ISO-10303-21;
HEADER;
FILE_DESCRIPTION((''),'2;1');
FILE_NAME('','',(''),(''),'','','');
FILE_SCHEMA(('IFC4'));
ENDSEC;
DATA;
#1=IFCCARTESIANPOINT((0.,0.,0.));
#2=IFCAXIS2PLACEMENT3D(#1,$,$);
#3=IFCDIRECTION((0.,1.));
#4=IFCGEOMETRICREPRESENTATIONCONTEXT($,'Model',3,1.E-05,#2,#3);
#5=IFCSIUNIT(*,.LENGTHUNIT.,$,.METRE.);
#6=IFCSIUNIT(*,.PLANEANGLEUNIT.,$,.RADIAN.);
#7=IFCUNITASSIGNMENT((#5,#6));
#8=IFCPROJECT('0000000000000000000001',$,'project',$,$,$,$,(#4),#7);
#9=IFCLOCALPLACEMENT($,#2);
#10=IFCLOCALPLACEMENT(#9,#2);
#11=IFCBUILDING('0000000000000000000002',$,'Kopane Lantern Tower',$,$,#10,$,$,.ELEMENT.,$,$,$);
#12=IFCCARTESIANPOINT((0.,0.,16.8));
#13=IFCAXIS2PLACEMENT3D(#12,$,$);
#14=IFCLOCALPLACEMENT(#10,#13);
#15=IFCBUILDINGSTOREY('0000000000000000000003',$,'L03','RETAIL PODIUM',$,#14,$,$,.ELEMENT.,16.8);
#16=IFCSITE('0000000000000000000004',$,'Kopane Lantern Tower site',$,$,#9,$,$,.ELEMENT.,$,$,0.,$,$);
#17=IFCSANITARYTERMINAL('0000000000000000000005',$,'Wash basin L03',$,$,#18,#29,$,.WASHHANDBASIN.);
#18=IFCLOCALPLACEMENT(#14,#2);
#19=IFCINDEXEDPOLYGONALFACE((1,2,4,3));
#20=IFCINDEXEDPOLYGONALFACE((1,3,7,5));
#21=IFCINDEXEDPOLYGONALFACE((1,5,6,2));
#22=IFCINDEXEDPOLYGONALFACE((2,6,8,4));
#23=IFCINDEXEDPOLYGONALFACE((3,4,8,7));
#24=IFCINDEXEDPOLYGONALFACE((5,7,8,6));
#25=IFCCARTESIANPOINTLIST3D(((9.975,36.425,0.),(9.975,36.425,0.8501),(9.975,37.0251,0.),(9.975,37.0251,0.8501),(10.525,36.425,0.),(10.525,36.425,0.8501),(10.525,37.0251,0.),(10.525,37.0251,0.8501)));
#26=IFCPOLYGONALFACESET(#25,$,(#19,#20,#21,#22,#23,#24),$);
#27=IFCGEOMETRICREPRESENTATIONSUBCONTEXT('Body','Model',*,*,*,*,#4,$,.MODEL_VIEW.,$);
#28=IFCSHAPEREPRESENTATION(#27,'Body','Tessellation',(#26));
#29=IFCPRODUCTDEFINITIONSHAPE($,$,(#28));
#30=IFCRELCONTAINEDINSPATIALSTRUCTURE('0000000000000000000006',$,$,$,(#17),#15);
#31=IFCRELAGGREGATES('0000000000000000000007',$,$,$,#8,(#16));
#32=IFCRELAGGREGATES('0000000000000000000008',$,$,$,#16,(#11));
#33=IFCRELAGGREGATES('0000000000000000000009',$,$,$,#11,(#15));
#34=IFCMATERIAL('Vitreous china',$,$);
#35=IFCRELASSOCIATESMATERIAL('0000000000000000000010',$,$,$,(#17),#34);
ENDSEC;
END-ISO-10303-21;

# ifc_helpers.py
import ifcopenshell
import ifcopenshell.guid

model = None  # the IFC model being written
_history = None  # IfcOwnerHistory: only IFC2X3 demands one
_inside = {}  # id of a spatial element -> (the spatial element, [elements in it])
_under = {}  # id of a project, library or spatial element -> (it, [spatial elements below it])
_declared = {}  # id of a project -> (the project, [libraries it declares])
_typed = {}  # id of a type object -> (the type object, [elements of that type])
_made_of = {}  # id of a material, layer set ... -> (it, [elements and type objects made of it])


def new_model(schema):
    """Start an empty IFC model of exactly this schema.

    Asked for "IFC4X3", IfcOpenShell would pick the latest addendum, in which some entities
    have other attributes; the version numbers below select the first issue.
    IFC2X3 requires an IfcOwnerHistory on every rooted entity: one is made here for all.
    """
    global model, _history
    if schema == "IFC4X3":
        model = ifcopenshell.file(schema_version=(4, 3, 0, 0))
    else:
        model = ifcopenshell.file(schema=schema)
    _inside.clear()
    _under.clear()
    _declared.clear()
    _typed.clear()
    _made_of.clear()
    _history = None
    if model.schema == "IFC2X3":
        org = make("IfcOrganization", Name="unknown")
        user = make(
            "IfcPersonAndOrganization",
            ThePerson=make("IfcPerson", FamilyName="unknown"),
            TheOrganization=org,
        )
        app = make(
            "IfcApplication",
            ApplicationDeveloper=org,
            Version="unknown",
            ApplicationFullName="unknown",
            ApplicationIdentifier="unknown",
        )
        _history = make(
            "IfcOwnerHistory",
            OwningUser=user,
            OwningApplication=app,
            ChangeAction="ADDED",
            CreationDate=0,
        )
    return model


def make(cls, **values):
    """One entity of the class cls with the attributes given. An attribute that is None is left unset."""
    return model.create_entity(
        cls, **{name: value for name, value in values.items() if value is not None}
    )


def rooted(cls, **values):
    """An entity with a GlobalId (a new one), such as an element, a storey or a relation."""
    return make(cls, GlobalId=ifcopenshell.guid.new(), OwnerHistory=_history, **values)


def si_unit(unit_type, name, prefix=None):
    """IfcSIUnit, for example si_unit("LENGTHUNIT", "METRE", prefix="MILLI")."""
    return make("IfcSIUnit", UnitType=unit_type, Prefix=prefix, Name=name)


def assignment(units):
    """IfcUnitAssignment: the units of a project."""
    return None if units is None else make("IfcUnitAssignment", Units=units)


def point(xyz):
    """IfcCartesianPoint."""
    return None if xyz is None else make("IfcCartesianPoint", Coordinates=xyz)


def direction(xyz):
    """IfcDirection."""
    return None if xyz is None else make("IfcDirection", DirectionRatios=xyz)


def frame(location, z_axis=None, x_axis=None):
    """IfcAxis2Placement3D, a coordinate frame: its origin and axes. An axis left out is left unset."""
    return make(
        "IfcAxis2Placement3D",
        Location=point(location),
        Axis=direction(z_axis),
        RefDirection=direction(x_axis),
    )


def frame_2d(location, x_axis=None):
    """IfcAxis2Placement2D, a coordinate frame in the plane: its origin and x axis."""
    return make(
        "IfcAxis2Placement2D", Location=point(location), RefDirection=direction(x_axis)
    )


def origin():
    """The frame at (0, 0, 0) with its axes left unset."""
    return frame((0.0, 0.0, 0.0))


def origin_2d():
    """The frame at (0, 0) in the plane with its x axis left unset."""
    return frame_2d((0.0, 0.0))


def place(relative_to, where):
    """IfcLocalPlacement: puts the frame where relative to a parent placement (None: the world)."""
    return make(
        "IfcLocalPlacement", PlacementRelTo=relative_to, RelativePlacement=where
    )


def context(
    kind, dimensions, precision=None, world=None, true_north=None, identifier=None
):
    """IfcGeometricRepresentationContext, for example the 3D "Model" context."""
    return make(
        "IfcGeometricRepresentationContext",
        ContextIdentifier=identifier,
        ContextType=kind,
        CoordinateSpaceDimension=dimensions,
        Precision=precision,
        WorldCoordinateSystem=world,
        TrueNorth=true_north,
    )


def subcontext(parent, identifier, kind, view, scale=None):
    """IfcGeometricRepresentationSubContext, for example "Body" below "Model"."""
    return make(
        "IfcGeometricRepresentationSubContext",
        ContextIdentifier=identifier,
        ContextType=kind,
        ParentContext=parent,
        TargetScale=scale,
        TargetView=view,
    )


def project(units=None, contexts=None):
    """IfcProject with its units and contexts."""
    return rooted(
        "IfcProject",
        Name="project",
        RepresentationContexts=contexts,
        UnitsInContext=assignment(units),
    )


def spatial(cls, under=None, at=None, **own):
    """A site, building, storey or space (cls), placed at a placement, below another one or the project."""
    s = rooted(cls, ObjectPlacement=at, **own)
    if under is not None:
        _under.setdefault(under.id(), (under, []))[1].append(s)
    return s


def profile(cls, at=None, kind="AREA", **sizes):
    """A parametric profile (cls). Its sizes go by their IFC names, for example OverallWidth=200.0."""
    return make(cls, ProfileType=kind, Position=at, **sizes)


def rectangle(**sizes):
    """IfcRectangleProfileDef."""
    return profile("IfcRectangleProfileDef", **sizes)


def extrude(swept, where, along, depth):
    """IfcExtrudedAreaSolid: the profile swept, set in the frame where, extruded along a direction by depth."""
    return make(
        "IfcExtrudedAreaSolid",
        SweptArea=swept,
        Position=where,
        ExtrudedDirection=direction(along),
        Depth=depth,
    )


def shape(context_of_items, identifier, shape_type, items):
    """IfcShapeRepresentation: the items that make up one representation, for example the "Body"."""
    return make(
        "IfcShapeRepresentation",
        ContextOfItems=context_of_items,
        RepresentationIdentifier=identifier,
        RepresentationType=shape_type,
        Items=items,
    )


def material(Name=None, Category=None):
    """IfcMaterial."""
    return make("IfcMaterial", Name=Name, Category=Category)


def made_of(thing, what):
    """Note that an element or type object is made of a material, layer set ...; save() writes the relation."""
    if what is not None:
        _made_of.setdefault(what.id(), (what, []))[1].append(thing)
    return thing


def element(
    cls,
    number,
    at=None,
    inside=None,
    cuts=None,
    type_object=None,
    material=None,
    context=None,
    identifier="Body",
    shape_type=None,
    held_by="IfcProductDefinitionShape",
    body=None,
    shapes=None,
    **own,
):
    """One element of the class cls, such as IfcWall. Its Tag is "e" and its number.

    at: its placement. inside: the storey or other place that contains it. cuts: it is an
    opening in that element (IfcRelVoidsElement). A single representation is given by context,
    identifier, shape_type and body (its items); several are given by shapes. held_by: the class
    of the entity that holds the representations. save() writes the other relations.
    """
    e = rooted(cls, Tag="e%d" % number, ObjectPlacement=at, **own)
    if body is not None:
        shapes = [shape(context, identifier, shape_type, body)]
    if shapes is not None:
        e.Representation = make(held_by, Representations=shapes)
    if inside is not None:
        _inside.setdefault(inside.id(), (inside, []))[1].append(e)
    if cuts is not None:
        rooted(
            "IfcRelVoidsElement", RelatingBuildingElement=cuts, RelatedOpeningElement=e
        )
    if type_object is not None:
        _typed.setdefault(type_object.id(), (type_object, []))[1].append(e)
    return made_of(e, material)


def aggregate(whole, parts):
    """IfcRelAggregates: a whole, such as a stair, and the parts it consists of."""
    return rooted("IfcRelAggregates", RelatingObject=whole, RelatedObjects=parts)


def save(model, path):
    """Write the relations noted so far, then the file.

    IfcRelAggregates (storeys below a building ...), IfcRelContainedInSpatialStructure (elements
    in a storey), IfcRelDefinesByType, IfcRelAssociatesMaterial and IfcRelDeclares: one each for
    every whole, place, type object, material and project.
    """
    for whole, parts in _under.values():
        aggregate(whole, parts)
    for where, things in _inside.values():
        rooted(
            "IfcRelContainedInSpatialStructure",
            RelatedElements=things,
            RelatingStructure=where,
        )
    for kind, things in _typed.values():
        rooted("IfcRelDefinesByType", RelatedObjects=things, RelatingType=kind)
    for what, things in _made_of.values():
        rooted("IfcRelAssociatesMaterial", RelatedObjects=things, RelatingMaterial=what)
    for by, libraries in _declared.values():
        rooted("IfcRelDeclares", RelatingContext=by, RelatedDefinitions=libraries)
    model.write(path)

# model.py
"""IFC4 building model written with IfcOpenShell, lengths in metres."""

from ifc_helpers import new_model, si_unit, direction, frame, origin, origin_2d, place, context, subcontext, project, spatial, rectangle, extrude, material, element, save


model = new_model("IFC4")

# Units and contexts
model_context = context("Model", 3, precision=1e-05, world=origin(), true_north=direction((0.0, 1.0)))
body_context = subcontext(model_context, "Body", "Model", "MODEL_VIEW")
ifc_project = project(units=[si_unit("LENGTHUNIT", "METRE"), si_unit("PLANEANGLEUNIT", "RADIAN")], contexts=[model_context])

# Site, building, storey
site_placement = place(None, origin())
site = spatial("IfcSite", under=ifc_project, at=site_placement, Name="Kopane Lantern Tower site", CompositionType="ELEMENT", RefElevation=0.0)
building_placement = place(site_placement, origin())
building = spatial("IfcBuilding", under=site, at=building_placement, Name="Kopane Lantern Tower", CompositionType="ELEMENT")
storey_placement = place(building_placement, frame((0.0, 0.0, 16.8)))
storey = spatial("IfcBuildingStorey", under=building, at=storey_placement, Name="L03", Description="RETAIL PODIUM", CompositionType="ELEMENT", Elevation=16.8)

# Sanitary terminal
ifc_material_1 = material(Name="Vitreous china")
for number, where, z_axis, x_axis, name in (
    (1, (10.25, 36.7251, 0.0), (0.0, 0.0, 1.0), (1.0, 0.0, 0.0), "Wash basin L03"),
):
    element("IfcSanitaryTerminal", number, at=place(storey_placement, frame(where, z_axis=z_axis, x_axis=x_axis)), inside=storey, material=ifc_material_1, Name=name, PredefinedType="WASHHANDBASIN", context=body_context, shape_type="SweptSolid", body=[
        extrude(rectangle(XDim=0.55, YDim=0.6001, at=origin_2d()), origin(), (0.0, 0.0, 1.0), 0.8501),
    ])

save(model, "model.ifc")
